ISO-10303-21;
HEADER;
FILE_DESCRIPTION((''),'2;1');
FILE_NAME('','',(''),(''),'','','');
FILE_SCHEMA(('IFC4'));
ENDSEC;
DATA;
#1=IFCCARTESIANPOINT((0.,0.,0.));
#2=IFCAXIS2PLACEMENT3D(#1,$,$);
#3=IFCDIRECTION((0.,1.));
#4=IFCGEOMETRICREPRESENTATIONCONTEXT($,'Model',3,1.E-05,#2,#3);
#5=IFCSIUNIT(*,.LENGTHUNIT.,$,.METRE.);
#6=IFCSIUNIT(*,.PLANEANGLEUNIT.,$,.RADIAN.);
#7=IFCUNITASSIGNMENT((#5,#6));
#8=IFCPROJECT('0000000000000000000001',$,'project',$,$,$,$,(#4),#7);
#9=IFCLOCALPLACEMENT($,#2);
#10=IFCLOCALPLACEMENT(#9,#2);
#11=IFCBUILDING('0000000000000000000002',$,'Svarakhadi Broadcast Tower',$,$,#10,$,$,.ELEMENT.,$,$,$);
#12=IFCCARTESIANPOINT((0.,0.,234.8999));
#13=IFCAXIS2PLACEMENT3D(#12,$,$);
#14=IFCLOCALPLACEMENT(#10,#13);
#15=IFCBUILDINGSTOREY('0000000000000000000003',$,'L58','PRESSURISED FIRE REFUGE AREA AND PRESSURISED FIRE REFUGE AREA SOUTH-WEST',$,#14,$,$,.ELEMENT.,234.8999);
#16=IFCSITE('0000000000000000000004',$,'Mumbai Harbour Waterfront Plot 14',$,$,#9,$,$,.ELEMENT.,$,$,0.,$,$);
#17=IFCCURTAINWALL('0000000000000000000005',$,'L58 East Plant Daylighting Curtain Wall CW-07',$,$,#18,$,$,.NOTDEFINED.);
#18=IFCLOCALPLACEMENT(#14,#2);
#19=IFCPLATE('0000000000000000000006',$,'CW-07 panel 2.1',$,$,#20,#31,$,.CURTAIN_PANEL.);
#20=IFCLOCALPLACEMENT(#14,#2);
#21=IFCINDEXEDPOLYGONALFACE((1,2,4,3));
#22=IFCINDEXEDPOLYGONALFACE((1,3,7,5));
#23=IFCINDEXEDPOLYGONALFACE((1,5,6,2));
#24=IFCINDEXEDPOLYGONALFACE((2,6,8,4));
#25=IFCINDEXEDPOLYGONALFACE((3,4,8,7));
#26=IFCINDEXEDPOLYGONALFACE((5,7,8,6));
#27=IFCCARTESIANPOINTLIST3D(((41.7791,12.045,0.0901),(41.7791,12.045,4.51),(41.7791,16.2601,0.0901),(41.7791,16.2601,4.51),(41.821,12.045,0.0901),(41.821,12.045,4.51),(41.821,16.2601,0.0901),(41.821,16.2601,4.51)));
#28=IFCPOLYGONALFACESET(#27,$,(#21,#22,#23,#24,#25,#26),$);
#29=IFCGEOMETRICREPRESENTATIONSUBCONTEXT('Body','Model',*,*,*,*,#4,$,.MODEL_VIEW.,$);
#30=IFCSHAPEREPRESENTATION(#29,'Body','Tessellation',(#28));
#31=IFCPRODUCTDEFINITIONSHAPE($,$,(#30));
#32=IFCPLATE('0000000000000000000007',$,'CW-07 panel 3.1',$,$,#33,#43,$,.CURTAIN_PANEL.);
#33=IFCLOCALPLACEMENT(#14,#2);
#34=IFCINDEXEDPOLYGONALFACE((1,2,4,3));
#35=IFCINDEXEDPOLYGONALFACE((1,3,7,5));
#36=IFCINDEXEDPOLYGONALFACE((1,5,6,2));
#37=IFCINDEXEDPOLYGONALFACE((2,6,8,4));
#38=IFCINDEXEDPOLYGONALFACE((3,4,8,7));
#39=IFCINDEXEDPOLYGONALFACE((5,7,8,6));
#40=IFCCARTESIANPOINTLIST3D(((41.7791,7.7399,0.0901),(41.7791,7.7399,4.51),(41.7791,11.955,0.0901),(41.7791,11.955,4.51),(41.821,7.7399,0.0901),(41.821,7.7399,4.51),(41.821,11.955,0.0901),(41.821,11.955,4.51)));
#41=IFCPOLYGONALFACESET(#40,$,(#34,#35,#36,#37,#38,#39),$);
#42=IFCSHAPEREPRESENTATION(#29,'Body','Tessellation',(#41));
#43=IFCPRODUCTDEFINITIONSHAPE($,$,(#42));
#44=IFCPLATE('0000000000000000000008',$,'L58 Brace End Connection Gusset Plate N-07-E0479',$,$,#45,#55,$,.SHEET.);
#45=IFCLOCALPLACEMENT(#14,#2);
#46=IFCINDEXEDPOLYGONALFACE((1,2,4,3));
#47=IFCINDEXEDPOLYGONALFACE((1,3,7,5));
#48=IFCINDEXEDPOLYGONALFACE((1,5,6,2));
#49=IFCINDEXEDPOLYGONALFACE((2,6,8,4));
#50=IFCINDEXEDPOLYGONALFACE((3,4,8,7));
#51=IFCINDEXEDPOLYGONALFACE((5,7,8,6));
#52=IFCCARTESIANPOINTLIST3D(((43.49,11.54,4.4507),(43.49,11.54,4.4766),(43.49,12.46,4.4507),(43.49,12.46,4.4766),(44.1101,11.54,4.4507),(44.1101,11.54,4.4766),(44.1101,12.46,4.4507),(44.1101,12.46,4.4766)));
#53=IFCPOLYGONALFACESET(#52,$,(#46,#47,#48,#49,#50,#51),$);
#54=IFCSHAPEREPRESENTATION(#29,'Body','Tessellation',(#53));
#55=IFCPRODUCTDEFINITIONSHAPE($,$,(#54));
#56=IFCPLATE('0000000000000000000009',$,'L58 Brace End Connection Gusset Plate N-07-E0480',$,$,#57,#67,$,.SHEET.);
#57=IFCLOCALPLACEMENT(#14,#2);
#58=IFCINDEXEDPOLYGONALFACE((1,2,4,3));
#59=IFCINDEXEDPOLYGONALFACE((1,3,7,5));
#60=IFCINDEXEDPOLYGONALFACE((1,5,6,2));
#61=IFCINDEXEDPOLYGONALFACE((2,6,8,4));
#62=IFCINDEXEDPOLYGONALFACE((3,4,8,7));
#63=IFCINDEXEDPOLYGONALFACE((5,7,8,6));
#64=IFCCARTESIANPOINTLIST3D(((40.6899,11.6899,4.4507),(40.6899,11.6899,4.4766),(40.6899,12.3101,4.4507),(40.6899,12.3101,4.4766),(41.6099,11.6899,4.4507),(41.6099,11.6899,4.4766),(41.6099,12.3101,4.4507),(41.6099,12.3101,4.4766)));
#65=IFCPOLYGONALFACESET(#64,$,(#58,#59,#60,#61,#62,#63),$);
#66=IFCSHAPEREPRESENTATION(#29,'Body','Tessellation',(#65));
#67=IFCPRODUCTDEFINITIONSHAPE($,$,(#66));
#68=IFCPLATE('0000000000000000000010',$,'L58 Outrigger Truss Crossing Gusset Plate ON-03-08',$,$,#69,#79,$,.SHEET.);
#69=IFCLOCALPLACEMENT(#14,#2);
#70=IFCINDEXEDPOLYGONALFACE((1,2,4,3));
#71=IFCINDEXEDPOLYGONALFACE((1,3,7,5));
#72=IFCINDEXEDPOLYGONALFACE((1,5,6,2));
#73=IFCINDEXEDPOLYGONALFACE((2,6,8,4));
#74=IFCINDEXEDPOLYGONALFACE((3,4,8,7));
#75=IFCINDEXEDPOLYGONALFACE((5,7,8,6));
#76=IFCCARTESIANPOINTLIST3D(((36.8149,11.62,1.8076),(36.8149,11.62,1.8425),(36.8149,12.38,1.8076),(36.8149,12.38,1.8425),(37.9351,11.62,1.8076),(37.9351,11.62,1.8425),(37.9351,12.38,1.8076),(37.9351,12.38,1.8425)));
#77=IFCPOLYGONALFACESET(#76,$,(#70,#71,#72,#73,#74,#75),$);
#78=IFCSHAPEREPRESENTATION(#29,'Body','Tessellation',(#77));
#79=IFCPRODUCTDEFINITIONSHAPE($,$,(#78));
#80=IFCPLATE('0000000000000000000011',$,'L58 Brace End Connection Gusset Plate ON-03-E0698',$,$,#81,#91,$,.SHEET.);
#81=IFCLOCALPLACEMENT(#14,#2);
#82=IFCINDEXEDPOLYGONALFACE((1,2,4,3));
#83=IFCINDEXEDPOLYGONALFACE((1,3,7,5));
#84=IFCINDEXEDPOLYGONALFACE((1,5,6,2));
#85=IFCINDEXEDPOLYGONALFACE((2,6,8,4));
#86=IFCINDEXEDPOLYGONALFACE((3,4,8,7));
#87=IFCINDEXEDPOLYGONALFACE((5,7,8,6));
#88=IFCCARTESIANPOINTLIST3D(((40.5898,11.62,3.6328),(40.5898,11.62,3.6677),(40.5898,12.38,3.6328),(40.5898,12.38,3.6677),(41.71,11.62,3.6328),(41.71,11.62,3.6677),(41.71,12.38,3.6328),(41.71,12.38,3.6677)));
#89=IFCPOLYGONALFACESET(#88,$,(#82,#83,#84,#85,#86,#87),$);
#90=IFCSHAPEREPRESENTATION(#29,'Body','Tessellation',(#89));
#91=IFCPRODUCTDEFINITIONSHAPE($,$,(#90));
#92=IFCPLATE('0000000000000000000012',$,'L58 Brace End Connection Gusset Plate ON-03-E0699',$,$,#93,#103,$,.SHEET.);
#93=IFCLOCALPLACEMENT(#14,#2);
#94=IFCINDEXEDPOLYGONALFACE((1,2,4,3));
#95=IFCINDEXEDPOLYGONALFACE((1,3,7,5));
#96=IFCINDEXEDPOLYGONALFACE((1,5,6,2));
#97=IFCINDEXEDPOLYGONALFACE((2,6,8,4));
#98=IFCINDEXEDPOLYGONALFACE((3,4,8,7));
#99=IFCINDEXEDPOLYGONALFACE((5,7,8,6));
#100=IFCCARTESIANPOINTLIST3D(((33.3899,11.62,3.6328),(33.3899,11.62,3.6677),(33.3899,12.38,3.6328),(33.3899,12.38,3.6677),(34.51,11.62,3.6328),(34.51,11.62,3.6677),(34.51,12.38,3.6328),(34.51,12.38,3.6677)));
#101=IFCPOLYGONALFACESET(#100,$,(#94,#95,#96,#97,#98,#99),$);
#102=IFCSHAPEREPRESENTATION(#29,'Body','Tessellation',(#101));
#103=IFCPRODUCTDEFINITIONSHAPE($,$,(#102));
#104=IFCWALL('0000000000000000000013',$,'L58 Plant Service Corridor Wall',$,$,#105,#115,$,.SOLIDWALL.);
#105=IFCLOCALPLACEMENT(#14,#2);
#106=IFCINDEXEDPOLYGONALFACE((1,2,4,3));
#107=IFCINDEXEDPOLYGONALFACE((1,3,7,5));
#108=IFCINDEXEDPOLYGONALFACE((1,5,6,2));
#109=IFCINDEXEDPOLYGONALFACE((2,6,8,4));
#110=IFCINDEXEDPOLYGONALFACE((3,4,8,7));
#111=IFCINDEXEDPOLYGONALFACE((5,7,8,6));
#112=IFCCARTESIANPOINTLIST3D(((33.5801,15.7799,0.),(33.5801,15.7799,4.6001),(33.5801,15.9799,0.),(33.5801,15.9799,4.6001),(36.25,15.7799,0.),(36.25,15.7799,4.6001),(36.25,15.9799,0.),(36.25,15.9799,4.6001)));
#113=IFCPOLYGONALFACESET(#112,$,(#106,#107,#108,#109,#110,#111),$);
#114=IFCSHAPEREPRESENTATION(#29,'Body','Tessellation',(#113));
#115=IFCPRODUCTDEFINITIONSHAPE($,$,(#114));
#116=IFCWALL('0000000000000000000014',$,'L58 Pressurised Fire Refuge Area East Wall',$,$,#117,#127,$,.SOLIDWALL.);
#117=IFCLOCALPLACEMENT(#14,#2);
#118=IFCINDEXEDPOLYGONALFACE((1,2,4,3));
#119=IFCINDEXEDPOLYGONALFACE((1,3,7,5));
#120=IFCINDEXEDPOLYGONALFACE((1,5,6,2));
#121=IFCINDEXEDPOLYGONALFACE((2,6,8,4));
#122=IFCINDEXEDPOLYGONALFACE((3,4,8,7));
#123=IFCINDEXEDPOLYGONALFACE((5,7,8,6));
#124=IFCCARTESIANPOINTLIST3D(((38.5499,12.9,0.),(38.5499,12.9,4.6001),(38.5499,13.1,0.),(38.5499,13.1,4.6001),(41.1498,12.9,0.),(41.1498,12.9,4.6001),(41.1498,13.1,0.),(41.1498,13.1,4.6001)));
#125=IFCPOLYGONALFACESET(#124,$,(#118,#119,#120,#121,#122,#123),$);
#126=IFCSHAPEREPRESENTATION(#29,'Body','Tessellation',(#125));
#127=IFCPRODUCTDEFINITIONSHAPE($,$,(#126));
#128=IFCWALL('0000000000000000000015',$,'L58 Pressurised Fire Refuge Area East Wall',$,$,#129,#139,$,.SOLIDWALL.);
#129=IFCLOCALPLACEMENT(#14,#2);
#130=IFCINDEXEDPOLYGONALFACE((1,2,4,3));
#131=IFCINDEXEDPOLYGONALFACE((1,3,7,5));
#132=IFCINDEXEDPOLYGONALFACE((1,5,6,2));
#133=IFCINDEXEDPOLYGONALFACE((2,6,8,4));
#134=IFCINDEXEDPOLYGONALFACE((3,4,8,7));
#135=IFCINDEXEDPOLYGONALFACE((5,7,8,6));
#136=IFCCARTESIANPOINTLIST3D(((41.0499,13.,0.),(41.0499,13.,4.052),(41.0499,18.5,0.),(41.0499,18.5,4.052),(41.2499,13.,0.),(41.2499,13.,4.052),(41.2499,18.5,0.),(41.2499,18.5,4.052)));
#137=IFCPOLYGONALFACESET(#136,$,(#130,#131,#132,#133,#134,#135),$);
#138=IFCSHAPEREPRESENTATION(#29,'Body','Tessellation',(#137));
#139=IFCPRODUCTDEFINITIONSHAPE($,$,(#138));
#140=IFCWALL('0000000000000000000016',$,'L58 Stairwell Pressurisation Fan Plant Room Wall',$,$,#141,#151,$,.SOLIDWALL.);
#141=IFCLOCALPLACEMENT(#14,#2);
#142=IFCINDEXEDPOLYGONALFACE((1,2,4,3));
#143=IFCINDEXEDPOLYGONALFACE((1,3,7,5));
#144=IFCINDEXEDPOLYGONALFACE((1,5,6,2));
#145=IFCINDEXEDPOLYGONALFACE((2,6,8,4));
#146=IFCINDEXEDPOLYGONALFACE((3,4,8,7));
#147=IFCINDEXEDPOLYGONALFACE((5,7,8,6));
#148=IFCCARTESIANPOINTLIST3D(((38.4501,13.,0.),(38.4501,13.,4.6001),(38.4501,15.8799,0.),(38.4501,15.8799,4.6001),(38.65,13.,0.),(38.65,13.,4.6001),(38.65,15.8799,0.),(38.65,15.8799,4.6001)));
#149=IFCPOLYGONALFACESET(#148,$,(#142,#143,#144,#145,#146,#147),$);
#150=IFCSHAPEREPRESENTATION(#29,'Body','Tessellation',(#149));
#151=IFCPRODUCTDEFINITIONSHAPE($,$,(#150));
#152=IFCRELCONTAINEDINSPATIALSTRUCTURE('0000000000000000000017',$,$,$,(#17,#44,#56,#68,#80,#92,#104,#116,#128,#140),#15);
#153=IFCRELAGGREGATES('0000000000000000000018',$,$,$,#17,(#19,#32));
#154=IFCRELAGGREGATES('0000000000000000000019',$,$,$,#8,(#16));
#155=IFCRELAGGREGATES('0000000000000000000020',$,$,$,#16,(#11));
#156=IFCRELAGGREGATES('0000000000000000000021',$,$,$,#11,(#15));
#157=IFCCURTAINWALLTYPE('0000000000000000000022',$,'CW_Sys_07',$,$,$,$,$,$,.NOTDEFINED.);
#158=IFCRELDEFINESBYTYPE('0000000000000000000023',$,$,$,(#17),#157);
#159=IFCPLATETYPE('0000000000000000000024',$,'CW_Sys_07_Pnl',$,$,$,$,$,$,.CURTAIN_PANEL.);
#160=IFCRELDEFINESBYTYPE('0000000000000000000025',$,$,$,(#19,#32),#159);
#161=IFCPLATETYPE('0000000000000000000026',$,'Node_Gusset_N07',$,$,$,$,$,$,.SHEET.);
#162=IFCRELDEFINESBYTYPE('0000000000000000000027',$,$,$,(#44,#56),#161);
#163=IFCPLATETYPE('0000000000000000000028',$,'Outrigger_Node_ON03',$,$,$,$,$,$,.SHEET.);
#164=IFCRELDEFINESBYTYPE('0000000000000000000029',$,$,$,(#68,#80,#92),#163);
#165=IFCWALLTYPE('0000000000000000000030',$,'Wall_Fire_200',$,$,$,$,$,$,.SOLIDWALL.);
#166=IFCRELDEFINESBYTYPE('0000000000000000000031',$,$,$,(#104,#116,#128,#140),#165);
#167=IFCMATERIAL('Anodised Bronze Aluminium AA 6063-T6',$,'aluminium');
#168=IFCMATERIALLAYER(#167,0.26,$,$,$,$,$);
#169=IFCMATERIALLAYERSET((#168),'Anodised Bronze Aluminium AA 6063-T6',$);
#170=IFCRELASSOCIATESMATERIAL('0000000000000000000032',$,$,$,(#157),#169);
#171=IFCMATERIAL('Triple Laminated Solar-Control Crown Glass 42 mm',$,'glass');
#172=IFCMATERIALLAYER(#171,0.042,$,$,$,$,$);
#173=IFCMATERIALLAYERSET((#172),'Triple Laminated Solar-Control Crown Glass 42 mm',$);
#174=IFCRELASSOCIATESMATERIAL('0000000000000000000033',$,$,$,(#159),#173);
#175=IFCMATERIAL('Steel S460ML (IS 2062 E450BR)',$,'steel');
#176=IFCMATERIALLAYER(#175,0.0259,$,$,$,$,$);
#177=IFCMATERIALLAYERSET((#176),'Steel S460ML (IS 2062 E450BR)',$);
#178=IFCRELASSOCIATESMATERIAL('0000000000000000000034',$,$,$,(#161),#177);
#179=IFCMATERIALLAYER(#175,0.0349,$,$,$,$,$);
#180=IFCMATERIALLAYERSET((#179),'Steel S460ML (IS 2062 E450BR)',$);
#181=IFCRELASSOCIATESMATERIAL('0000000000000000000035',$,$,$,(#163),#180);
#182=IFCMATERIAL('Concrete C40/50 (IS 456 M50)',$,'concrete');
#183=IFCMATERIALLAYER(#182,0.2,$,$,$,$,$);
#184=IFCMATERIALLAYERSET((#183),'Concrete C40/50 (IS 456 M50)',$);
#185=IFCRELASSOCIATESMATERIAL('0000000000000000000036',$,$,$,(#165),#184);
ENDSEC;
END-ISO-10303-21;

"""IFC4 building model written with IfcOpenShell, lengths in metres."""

from ifc_helpers import new_model, si_unit, direction, frame, frame_2d, origin, origin_2d, place, context, subcontext, project, spatial, rectangle, extrude, material, layer, layer_set, type_object, element, aggregate, save


model = new_model("IFC4")

# Units and contexts
model_context = context("Model", 3, precision=1e-05, world=origin(), true_north=direction((0.0, 1.0)))
body_context = subcontext(model_context, "Body", "Model", "MODEL_VIEW")
ifc_project = project(units=[si_unit("LENGTHUNIT", "METRE"), si_unit("PLANEANGLEUNIT", "RADIAN")], contexts=[model_context])

# Site, building, storey
site_placement = place(None, origin())
site = spatial("IfcSite", under=ifc_project, at=site_placement, Name="Mumbai Harbour Waterfront Plot 14", CompositionType="ELEMENT", RefElevation=0.0)
building_placement = place(site_placement, origin())
building = spatial("IfcBuilding", under=site, at=building_placement, Name="Svarakhadi Broadcast Tower", CompositionType="ELEMENT")
storey_placement = place(building_placement, frame((0.0, 0.0, 234.8999)))
storey = spatial("IfcBuildingStorey", under=building, at=storey_placement, Name="L58", Description="PRESSURISED FIRE REFUGE AREA AND PRESSURISED FIRE REFUGE AREA SOUTH-WEST", CompositionType="ELEMENT", Elevation=234.8999)

# Shared definitions
ifc_material_1 = material(Name="Steel S460ML (IS 2062 E450BR)", Category="steel")

# Curtain wall
ifc_material_2 = material(Name="Anodised Bronze Aluminium AA 6063-T6", Category="aluminium")
ifc_layer_1 = layer(ifc_material_2, 0.26)
ifc_layer_set_1 = layer_set([ifc_layer_1], Name="Anodised Bronze Aluminium AA 6063-T6")
curtain_wall_type = type_object("IfcCurtainWallType", Name="CW_Sys_07", PredefinedType="NOTDEFINED", material=ifc_layer_set_1)
curtain_wall_placement = place(storey_placement, origin())
curtain_wall = element("IfcCurtainWall", 1, at=curtain_wall_placement, inside=storey, type_object=curtain_wall_type, Name="L58 East Plant Daylighting Curtain Wall CW-07", PredefinedType="NOTDEFINED")

# Plates
ifc_material_3 = material(Name="Triple Laminated Solar-Control Crown Glass 42 mm", Category="glass")
ifc_layer_2 = layer(ifc_material_3, 0.042)
ifc_layer_set_2 = layer_set([ifc_layer_2], Name="Triple Laminated Solar-Control Crown Glass 42 mm")
plate_type_1 = type_object("IfcPlateType", Name="CW_Sys_07_Pnl", PredefinedType="CURTAIN_PANEL", material=ifc_layer_set_2)
plate_1_placement = place(storey_placement, frame((41.8, 14.1526, 0.0901), z_axis=(0.0, 0.0, 1.0), x_axis=(0.0, -1.0, 0.0)))
plate_1 = element("IfcPlate", 2, at=plate_1_placement, type_object=plate_type_1, Name="CW-07 panel 2.1", PredefinedType="CURTAIN_PANEL", context=body_context, shape_type="SweptSolid", body=[
    extrude(rectangle(XDim=4.2151, YDim=0.042, at=origin_2d()), origin(), (0.0, 0.0, 1.0), 4.4199),
])
plate_2_placement = place(storey_placement, frame((41.8, 9.8474, 0.0901), z_axis=(0.0, 0.0, 1.0), x_axis=(0.0, -1.0, 0.0)))
plate_2 = element("IfcPlate", 3, at=plate_2_placement, type_object=plate_type_1, Name="CW-07 panel 3.1", PredefinedType="CURTAIN_PANEL", context=body_context, shape_type="SweptSolid", body=[
    extrude(rectangle(XDim=4.2151, YDim=0.042, at=origin_2d()), origin(), (0.0, 0.0, 1.0), 4.4199),
])
aggregate(curtain_wall, [plate_1, plate_2])

# Plates
ifc_layer_3 = layer(ifc_material_1, 0.0259)
ifc_layer_set_3 = layer_set([ifc_layer_3], Name="Steel S460ML (IS 2062 E450BR)")
plate_type_2 = type_object("IfcPlateType", Name="Node_Gusset_N07", PredefinedType="SHEET", material=ifc_layer_set_3)
for number, where, z_axis, x_axis, name in (
    (4, (43.8, 12.0, 4.4507), (0.0, 0.0, 1.0), (0.0, 1.0, 0.0), "L58 Brace End Connection Gusset Plate N-07-E0479"),
    (5, (41.1499, 12.0, 4.4507), (0.0, 0.0, 1.0), (1.0, 0.0, 0.0), "L58 Brace End Connection Gusset Plate N-07-E0480"),
):
    element("IfcPlate", number, at=place(storey_placement, frame(where, z_axis=z_axis, x_axis=x_axis)), inside=storey, type_object=plate_type_2, Name=name, PredefinedType="SHEET", context=body_context, shape_type="SweptSolid", body=[
        extrude(rectangle(XDim=0.9199, YDim=0.6201, at=origin_2d()), origin(), (0.0, 0.0, 1.0), 0.0259),
    ])
ifc_layer_4 = layer(ifc_material_1, 0.0349)
ifc_layer_set_4 = layer_set([ifc_layer_4], Name="Steel S460ML (IS 2062 E450BR)")
plate_type_3 = type_object("IfcPlateType", Name="Outrigger_Node_ON03", PredefinedType="SHEET", material=ifc_layer_set_4)
for number, where, z_axis, x_axis, name in (
    (6, (37.375, 12.0, 1.8076), (0.0, 0.0, 1.0), (1.0, 0.0, 0.0), "L58 Outrigger Truss Crossing Gusset Plate ON-03-08"),
    (7, (41.1499, 12.0, 3.6328), (0.0, 0.0, 1.0), (1.0, 0.0, 0.0), "L58 Brace End Connection Gusset Plate ON-03-E0698"),
    (8, (33.95, 12.0, 3.6328), (0.0, 0.0, 1.0), (1.0, 0.0, 0.0), "L58 Brace End Connection Gusset Plate ON-03-E0699"),
):
    element("IfcPlate", number, at=place(storey_placement, frame(where, z_axis=z_axis, x_axis=x_axis)), inside=storey, type_object=plate_type_3, Name=name, PredefinedType="SHEET", context=body_context, shape_type="SweptSolid", body=[
        extrude(rectangle(XDim=1.1201, YDim=0.76, at=origin_2d()), origin(), (0.0, 0.0, 1.0), 0.0349),
    ])

# Shared definitions
ifc_material_4 = material(Name="Concrete C40/50 (IS 456 M50)", Category="concrete")
ifc_layer_5 = layer(ifc_material_4, 0.2)
ifc_layer_set_5 = layer_set([ifc_layer_5], Name="Concrete C40/50 (IS 456 M50)")
wall_type = type_object("IfcWallType", Name="Wall_Fire_200", PredefinedType="SOLIDWALL", material=ifc_layer_set_5)

# Walls
wall_1_placement = place(storey_placement, frame((36.25, 15.8799, 0.0), z_axis=(0.0, 0.0, 1.0), x_axis=(-1.0, 0.0, 0.0)))
element("IfcWall", 9, at=wall_1_placement, inside=storey, type_object=wall_type, Name="L58 Plant Service Corridor Wall", PredefinedType="SOLIDWALL", context=body_context, shape_type="SweptSolid", body=[
    extrude(rectangle(XDim=2.6699, YDim=0.2, at=frame_2d((1.335, 0.0))), origin(), (0.0, 0.0, 1.0), 4.6001),
])
wall_2_placement = place(storey_placement, frame((38.55, 13.0, 0.0), z_axis=(0.0, 0.0, 1.0), x_axis=(1.0, 0.0, 0.0)))
element("IfcWall", 10, at=wall_2_placement, inside=storey, type_object=wall_type, Name="L58 Pressurised Fire Refuge Area East Wall", PredefinedType="SOLIDWALL", context=body_context, shape_type="SweptSolid", body=[
    extrude(rectangle(XDim=2.5999, YDim=0.2, at=frame_2d((1.2998, 0.0))), origin(), (0.0, 0.0, 1.0), 4.6001),
])
wall_3_placement = place(storey_placement, frame((41.1499, 13.0, 0.0), z_axis=(0.0, 0.0, 1.0), x_axis=(0.0, 1.0, 0.0)))
element("IfcWall", 11, at=wall_3_placement, inside=storey, type_object=wall_type, Name="L58 Pressurised Fire Refuge Area East Wall", PredefinedType="SOLIDWALL", context=body_context, shape_type="SweptSolid", body=[
    extrude(rectangle(XDim=5.5, YDim=0.2, at=frame_2d((2.75, 0.0))), origin(), (0.0, 0.0, 1.0), 4.052),
])
wall_4_placement = place(storey_placement, frame((38.55, 13.0, 0.0), z_axis=(0.0, 0.0, 1.0), x_axis=(0.0, 1.0, 0.0)))
element("IfcWall", 12, at=wall_4_placement, inside=storey, type_object=wall_type, Name="L58 Stairwell Pressurisation Fan Plant Room Wall", PredefinedType="SOLIDWALL", context=body_context, shape_type="SweptSolid", body=[
    extrude(rectangle(XDim=2.8799, YDim=0.2, at=frame_2d((1.4399, 0.0))), origin(), (0.0, 0.0, 1.0), 4.6001),
])

save(model, "model.ifc")
